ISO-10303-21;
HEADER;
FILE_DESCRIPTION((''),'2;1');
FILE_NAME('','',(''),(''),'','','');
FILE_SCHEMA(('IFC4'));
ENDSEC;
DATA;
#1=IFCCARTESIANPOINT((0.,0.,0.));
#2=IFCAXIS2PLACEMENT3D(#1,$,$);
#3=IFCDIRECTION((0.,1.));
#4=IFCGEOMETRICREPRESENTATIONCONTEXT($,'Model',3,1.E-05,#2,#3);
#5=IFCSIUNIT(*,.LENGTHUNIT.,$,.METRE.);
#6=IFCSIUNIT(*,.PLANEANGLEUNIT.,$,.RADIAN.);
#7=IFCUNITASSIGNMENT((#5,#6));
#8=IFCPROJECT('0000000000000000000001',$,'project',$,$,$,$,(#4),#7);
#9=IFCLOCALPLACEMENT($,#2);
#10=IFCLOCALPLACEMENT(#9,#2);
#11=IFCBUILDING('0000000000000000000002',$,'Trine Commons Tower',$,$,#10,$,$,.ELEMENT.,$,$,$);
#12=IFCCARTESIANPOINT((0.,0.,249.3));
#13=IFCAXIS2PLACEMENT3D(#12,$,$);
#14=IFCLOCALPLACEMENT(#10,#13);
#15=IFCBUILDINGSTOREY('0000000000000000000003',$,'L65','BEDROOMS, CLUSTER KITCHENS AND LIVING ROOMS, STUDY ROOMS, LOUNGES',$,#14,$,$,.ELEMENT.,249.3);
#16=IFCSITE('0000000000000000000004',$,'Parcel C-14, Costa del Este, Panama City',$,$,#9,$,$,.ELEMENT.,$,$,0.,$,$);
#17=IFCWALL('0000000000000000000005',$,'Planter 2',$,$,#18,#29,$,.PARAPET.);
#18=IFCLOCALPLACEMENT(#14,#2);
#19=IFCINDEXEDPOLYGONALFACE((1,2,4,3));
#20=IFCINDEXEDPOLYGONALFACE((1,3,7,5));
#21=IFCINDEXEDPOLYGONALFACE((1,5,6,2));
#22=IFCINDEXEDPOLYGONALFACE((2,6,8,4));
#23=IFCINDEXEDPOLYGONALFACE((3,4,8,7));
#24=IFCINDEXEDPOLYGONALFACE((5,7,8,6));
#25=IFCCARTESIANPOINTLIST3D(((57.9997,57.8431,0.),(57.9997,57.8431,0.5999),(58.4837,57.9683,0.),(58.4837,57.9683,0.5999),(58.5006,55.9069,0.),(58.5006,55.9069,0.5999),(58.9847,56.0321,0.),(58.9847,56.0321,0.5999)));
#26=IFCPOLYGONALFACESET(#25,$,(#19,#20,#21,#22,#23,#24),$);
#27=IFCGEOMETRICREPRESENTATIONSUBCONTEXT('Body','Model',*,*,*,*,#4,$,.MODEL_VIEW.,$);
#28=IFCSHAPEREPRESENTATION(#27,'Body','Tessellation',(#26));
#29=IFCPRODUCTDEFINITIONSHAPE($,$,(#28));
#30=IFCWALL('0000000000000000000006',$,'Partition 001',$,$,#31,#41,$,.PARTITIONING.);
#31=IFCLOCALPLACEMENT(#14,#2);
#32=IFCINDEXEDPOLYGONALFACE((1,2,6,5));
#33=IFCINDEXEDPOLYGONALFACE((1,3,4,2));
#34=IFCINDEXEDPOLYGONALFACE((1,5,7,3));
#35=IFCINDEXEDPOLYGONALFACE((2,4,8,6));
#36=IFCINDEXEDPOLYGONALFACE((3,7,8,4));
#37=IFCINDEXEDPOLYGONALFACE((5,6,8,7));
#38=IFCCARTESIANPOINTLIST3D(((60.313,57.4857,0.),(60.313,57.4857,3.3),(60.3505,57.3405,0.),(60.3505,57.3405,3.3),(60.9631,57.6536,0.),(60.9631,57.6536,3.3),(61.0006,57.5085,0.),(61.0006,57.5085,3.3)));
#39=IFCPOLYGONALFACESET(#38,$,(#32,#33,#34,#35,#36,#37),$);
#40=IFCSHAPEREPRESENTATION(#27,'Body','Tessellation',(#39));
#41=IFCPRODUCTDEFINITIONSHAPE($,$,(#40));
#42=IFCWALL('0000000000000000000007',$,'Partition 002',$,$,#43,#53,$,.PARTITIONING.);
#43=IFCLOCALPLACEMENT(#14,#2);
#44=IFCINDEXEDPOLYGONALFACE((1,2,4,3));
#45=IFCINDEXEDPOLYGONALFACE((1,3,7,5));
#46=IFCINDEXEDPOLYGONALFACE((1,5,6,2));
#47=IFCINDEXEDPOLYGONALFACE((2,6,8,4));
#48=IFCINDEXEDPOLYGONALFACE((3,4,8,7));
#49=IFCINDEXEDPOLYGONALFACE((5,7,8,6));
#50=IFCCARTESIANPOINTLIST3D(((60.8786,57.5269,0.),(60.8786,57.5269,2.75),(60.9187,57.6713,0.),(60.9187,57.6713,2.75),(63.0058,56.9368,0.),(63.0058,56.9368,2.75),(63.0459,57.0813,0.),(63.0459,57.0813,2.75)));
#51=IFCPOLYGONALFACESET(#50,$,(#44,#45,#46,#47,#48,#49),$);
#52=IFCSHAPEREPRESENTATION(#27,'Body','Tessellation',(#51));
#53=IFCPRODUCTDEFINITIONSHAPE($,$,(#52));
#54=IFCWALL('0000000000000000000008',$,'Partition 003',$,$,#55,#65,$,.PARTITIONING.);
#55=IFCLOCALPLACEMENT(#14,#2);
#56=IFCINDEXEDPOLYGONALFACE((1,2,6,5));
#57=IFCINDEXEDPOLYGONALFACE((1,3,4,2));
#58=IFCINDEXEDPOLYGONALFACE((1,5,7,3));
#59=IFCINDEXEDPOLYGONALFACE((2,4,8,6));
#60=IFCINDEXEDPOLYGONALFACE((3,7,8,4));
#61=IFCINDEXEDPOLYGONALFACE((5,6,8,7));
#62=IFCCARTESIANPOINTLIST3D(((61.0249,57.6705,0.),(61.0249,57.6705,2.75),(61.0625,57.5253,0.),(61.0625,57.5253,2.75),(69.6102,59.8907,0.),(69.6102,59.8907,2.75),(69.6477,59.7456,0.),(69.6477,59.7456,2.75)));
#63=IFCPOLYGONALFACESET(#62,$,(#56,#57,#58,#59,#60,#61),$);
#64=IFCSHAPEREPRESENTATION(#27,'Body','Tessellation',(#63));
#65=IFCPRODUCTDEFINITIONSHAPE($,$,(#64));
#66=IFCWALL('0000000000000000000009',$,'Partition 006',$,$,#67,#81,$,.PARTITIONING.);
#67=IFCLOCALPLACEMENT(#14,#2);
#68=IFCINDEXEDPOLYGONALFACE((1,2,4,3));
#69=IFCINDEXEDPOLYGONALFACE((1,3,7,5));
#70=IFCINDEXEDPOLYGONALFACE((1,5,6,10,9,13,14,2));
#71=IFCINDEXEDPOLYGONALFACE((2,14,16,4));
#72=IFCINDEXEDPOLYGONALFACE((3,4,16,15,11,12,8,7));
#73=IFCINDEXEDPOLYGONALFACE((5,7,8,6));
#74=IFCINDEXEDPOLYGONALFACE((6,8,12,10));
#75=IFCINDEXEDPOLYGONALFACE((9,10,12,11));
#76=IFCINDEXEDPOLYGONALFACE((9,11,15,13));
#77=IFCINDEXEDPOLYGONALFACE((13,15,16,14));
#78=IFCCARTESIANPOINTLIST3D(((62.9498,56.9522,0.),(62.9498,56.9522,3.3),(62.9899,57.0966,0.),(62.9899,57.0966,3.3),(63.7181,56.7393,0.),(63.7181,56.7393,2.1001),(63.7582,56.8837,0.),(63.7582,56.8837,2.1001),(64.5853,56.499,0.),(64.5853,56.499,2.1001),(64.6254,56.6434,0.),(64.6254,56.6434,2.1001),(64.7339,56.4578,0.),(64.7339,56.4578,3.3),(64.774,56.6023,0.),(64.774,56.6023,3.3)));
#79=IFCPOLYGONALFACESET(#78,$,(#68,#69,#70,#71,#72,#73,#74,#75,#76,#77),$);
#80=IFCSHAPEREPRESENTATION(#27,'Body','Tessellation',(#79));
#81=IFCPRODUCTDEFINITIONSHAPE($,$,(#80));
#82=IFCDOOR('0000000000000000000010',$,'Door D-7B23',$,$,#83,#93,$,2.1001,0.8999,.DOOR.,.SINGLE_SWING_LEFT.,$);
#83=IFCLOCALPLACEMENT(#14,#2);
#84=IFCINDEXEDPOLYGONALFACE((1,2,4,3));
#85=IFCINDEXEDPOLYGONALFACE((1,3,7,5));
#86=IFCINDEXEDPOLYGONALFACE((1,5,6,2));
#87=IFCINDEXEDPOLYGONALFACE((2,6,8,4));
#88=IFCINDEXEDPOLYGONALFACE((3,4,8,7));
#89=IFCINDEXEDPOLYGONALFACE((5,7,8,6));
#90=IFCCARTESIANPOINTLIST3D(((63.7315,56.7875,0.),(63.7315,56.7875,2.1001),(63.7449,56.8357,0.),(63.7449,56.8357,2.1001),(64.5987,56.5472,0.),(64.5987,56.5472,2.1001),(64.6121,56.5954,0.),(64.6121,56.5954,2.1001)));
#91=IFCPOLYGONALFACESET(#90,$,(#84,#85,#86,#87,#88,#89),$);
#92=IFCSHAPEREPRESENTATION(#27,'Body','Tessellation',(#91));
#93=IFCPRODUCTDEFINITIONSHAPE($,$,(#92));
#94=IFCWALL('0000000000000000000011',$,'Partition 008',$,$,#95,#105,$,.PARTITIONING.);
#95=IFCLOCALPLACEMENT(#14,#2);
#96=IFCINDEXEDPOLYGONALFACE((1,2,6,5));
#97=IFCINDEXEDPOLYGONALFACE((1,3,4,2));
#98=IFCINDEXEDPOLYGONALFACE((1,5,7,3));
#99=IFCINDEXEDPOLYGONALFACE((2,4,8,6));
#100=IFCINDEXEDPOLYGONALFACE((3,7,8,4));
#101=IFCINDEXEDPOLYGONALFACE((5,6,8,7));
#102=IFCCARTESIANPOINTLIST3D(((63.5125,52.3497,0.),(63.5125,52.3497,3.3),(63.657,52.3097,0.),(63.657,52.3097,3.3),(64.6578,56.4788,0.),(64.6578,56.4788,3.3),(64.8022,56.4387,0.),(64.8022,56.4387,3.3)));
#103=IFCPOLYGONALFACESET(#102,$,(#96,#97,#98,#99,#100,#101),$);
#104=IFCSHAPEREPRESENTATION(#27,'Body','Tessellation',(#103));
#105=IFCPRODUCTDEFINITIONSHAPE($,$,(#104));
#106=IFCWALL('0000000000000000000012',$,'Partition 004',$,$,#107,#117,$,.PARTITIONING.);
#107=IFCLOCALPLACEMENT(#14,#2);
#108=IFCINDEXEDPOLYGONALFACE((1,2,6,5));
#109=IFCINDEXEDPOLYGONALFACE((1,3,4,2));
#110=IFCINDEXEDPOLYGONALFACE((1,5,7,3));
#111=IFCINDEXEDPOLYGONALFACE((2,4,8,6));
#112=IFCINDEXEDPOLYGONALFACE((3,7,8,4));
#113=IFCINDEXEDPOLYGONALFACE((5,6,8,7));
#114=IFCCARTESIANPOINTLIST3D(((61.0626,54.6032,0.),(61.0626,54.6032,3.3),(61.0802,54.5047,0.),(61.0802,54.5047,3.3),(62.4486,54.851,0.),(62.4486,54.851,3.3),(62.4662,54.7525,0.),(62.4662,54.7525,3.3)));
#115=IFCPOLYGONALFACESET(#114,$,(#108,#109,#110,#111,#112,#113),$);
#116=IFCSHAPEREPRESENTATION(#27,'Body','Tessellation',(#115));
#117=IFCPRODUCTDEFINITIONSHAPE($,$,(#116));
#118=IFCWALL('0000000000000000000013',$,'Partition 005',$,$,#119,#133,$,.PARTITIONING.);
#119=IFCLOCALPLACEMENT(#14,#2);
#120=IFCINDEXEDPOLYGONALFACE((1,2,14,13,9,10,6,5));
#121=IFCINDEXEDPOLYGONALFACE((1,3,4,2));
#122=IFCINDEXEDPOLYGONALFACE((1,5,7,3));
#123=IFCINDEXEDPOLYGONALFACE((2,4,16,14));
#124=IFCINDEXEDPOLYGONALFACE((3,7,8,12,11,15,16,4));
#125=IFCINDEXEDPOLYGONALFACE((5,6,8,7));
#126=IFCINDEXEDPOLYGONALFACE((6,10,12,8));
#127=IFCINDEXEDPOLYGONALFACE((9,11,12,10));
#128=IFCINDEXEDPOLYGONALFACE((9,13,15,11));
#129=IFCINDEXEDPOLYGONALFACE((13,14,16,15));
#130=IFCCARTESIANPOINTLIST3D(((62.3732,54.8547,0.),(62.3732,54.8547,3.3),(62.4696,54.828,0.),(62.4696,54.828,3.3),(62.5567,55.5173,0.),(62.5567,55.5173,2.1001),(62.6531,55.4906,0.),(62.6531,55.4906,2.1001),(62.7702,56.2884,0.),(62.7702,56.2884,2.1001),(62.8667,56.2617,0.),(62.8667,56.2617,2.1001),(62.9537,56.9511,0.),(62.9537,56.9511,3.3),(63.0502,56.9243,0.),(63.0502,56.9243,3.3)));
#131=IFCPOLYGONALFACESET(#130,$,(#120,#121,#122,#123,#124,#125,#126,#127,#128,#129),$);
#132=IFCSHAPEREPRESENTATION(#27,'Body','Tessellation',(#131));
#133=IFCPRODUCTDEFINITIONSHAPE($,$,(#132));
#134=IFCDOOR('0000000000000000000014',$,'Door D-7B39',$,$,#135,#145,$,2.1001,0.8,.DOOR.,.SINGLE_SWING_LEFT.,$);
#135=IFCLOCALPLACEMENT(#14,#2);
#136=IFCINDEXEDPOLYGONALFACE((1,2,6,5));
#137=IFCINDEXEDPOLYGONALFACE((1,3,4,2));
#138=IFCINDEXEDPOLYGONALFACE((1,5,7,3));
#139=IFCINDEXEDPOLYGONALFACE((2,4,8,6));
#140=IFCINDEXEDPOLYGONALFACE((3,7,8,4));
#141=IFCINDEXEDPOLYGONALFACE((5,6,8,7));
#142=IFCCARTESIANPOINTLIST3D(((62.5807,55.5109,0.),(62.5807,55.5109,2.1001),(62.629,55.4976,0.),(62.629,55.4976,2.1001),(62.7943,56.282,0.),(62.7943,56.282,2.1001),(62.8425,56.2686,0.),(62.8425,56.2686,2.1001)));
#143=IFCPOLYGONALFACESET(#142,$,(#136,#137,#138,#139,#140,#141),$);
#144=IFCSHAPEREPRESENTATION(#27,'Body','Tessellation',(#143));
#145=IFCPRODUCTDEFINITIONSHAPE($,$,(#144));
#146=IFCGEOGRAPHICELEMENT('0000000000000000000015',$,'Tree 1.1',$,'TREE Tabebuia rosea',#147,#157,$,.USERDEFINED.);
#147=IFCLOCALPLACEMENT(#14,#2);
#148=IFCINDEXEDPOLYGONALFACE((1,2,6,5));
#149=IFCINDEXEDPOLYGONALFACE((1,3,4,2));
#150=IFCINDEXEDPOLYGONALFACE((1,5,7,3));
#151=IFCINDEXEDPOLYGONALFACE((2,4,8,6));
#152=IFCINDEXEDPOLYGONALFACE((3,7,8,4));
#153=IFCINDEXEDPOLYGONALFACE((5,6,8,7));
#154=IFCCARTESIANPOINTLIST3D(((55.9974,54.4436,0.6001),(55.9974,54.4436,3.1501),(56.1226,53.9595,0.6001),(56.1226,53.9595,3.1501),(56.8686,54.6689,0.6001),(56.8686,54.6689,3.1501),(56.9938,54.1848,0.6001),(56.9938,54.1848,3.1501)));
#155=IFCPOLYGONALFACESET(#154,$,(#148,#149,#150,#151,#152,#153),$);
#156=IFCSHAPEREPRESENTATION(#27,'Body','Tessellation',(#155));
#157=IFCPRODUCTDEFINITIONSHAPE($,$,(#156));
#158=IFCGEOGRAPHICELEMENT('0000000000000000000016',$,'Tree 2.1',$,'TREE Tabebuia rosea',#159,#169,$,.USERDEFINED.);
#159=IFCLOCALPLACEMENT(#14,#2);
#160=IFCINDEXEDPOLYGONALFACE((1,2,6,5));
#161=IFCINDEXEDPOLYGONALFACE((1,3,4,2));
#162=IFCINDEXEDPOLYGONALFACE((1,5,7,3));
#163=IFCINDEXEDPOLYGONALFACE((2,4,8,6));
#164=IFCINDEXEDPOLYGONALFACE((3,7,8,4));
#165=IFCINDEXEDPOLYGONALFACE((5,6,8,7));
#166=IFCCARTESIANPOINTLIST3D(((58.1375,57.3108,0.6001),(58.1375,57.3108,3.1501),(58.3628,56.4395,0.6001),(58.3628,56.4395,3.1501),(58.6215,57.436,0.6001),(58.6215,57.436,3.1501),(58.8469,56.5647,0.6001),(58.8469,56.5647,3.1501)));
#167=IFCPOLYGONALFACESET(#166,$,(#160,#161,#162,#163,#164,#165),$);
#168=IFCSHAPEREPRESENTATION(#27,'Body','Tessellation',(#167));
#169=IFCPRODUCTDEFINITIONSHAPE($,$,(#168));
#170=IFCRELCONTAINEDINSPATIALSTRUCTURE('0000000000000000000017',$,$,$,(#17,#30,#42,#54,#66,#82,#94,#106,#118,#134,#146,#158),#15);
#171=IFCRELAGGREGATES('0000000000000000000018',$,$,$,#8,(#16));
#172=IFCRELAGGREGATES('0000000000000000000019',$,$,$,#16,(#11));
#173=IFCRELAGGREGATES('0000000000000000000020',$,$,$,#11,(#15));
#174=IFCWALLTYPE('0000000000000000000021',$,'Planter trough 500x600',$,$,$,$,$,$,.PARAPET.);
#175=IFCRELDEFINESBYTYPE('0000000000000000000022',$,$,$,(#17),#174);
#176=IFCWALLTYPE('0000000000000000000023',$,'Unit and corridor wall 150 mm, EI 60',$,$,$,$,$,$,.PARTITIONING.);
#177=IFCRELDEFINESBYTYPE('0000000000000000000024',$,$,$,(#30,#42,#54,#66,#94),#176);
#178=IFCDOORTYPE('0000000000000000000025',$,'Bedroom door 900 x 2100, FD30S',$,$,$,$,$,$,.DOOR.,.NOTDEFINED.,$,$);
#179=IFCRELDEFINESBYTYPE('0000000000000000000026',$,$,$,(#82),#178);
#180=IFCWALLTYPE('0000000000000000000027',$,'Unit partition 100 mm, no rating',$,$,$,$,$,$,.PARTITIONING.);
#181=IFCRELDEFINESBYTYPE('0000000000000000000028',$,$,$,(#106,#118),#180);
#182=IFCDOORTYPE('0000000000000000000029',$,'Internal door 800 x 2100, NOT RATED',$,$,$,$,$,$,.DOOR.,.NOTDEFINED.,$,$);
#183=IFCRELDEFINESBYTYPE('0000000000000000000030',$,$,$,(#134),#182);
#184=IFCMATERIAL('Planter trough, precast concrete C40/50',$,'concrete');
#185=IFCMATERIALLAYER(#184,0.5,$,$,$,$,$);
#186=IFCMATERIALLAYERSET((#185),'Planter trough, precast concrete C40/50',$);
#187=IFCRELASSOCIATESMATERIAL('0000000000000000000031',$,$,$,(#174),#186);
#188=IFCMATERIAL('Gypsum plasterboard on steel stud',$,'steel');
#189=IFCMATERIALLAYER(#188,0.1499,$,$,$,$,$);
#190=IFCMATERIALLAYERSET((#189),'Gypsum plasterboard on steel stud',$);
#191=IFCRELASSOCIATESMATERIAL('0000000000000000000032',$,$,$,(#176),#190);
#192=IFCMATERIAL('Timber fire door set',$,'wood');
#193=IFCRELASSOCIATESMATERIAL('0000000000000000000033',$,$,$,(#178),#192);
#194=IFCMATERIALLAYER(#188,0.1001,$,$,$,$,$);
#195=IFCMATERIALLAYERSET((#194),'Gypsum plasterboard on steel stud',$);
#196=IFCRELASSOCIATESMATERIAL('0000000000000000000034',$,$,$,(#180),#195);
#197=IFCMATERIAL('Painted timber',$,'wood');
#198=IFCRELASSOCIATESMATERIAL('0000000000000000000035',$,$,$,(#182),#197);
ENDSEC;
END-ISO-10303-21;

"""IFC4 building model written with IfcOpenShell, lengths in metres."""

from ifc_helpers import new_model, si_unit, direction, frame, frame_2d, origin, origin_2d, place, context, subcontext, project, spatial, rectangle, extrude, material, layer, layer_set, type_object, element, fill, save


model = new_model("IFC4")

# Units and contexts
model_context = context("Model", 3, precision=1e-05, world=origin(), true_north=direction((0.0, 1.0)))
body_context = subcontext(model_context, "Body", "Model", "MODEL_VIEW")
ifc_project = project(units=[si_unit("LENGTHUNIT", "METRE"), si_unit("PLANEANGLEUNIT", "RADIAN")], contexts=[model_context])

# Site, building, storey
site_placement = place(None, origin())
site = spatial("IfcSite", under=ifc_project, at=site_placement, Name="Parcel C-14, Costa del Este, Panama City", CompositionType="ELEMENT", RefElevation=0.0)
building_placement = place(site_placement, origin())
building = spatial("IfcBuilding", under=site, at=building_placement, Name="Trine Commons Tower", CompositionType="ELEMENT")
storey_placement = place(building_placement, frame((0.0, 0.0, 249.3)))
storey = spatial("IfcBuildingStorey", under=building, at=storey_placement, Name="L65", Description="BEDROOMS, CLUSTER KITCHENS AND LIVING ROOMS, STUDY ROOMS, LOUNGES", CompositionType="ELEMENT", Elevation=249.3)

# Walls
ifc_material_1 = material(Name="Planter trough, precast concrete C40/50", Category="concrete")
ifc_layer_1 = layer(ifc_material_1, 0.5)
ifc_layer_set_1 = layer_set([ifc_layer_1], Name="Planter trough, precast concrete C40/50")
wall_type_1 = type_object("IfcWallType", Name="Planter trough 500x600", PredefinedType="PARAPET", material=ifc_layer_set_1)
wall_1_placement = place(storey_placement, frame((58.7427, 55.9695, 0.0), z_axis=(0.0, 0.0, 1.0), x_axis=(-0.250483, 0.968121, 0.0)))
element("IfcWall", 1, at=wall_1_placement, inside=storey, type_object=wall_type_1, Name="Planter 2", PredefinedType="PARAPET", context=body_context, shape_type="SweptSolid", body=[
    extrude(rectangle(XDim=2.0, YDim=0.5, at=frame_2d((1.0, 0.0))), origin(), (0.0, 0.0, 1.0), 0.5999),
])
ifc_material_2 = material(Name="Gypsum plasterboard on steel stud", Category="steel")
ifc_layer_2 = layer(ifc_material_2, 0.1499)
ifc_layer_set_2 = layer_set([ifc_layer_2], Name="Gypsum plasterboard on steel stud")
wall_type_2 = type_object("IfcWallType", Name="Unit and corridor wall 150 mm, EI 60", PredefinedType="PARTITIONING", material=ifc_layer_set_2)
wall_2_placement = place(storey_placement, frame((60.3318, 57.4131, 0.0), z_axis=(0.0, 0.0, 1.0), x_axis=(0.968209, 0.250142, 0.0)))
element("IfcWall", 2, at=wall_2_placement, inside=storey, type_object=wall_type_2, Name="Partition 001", PredefinedType="PARTITIONING", context=body_context, shape_type="SweptSolid", body=[
    extrude(rectangle(XDim=0.6714, YDim=0.1499, at=frame_2d((0.3357, 0.0))), origin(), (0.0, 0.0, 1.0), 3.3),
])
wall_3_placement = place(storey_placement, frame((60.8987, 57.5991, 0.0), z_axis=(0.0, 0.0, 1.0), x_axis=(0.963611, -0.267307, 0.0)))
element("IfcWall", 3, at=wall_3_placement, inside=storey, type_object=wall_type_2, Name="Partition 002", PredefinedType="PARTITIONING", context=body_context, shape_type="SweptSolid", body=[
    extrude(rectangle(XDim=2.2075, YDim=0.1499, at=frame_2d((1.1038, 0.0))), origin(), (0.0, 0.0, 1.0), 2.75),
])
wall_4_placement = place(storey_placement, frame((61.0437, 57.5979, 0.0), z_axis=(0.0, 0.0, 1.0), x_axis=(0.96815, 0.250373, 0.0)))
element("IfcWall", 4, at=wall_4_placement, inside=storey, type_object=wall_type_2, Name="Partition 003", PredefinedType="PARTITIONING", context=body_context, shape_type="SweptSolid", body=[
    extrude(rectangle(XDim=8.8677, YDim=0.1499, at=frame_2d((4.4338, 0.0))), origin(), (0.0, 0.0, 1.0), 2.75),
])

# Wall, opening, door
wall_5_placement = place(storey_placement, frame((62.9697, 57.0244, 0.0), z_axis=(0.0, 0.0, 1.0), x_axis=(0.963688, -0.267032, 0.0)))
wall_5 = element("IfcWall", 5, at=wall_5_placement, inside=storey, type_object=wall_type_2, Name="Partition 006", PredefinedType="PARTITIONING", context=body_context, shape_type="SweptSolid", body=[
    extrude(rectangle(XDim=1.8513, YDim=0.1499, at=frame_2d((0.9258, 0.0))), origin(), (0.0, 0.0, 1.0), 3.3),
])
opening_1_placement = place(wall_5_placement, frame((0.7974, 0.0, 0.0)))
opening_1 = element("IfcOpeningElement", 6, at=opening_1_placement, cuts=wall_5, PredefinedType="OPENING", context=body_context, shape_type="SweptSolid", body=[
    extrude(rectangle(XDim=0.8999, YDim=2.1001, at=frame_2d((0.45, 1.05))), frame((0.0, 0.085, 0.0), z_axis=(0.0, -1.0, 0.0), x_axis=(1.0, 0.0, 0.0)), (0.0, 0.0, 1.0), 0.1699),
])
ifc_material_3 = material(Name="Timber fire door set", Category="wood")
door_type_1 = type_object("IfcDoorType", Name="Bedroom door 900 x 2100, FD30S", OperationType="NOTDEFINED", PredefinedType="DOOR", material=ifc_material_3)
door_1_placement = place(opening_1_placement, frame((0.8999, 0.0, 0.0), z_axis=(0.0, 0.0, 1.0), x_axis=(-1.0, 0.0, 0.0)))
door_1 = element("IfcDoor", 7, at=door_1_placement, inside=storey, type_object=door_type_1, Name="Door D-7B23", OperationType="SINGLE_SWING_LEFT", OverallHeight=2.1001, OverallWidth=0.8999, PredefinedType="DOOR", context=body_context, shape_type="SweptSolid", body=[
    extrude(rectangle(XDim=0.8999, YDim=2.1001, at=frame_2d((0.45, 1.05))), frame((0.0, 0.0249, 0.0), z_axis=(0.0, -1.0, 0.0), x_axis=(1.0, 0.0, 0.0)), (0.0, 0.0, 1.0), 0.05),
])
fill(opening_1, door_1)

# Walls
wall_6_placement = place(storey_placement, frame((63.5847, 52.3296, 0.0), z_axis=(0.0, 0.0, 1.0), x_axis=(0.267271, 0.963622, 0.0)))
element("IfcWall", 8, at=wall_6_placement, inside=storey, type_object=wall_type_2, Name="Partition 008", PredefinedType="PARTITIONING", context=body_context, shape_type="SweptSolid", body=[
    extrude(rectangle(XDim=4.2849, YDim=0.1499, at=frame_2d((2.1426, 0.0))), origin(), (0.0, 0.0, 1.0), 3.3),
])
ifc_layer_3 = layer(ifc_material_2, 0.1001)
ifc_layer_set_3 = layer_set([ifc_layer_3], Name="Gypsum plasterboard on steel stud")
wall_type_3 = type_object("IfcWallType", Name="Unit partition 100 mm, no rating", PredefinedType="PARTITIONING", material=ifc_layer_set_3)
wall_7_placement = place(storey_placement, frame((61.0713, 54.554, 0.0), z_axis=(0.0, 0.0, 1.0), x_axis=(0.98439, 0.176001, 0.0)))
element("IfcWall", 9, at=wall_7_placement, inside=storey, type_object=wall_type_3, Name="Partition 004", PredefinedType="PARTITIONING", context=body_context, shape_type="SweptSolid", body=[
    extrude(rectangle(XDim=1.408, YDim=0.1001, at=frame_2d((0.7041, 0.0))), origin(), (0.0, 0.0, 1.0), 3.3),
])

# Wall, opening, door
wall_8_placement = place(storey_placement, frame((62.4214, 54.8413, 0.0), z_axis=(0.0, 0.0, 1.0), x_axis=(0.266885, 0.963728, 0.0)))
wall_8 = element("IfcWall", 10, at=wall_8_placement, inside=storey, type_object=wall_type_3, Name="Partition 005", PredefinedType="PARTITIONING", context=body_context, shape_type="SweptSolid", body=[
    extrude(rectangle(XDim=2.1753, YDim=0.1001, at=frame_2d((1.0876, 0.0))), origin(), (0.0, 0.0, 1.0), 3.3),
])
opening_2_placement = place(wall_8_placement, frame((0.6877, 0.0, 0.0)))
opening_2 = element("IfcOpeningElement", 11, at=opening_2_placement, cuts=wall_8, PredefinedType="OPENING", context=body_context, shape_type="SweptSolid", body=[
    extrude(rectangle(XDim=0.8, YDim=2.1001, at=frame_2d((0.3999, 1.05))), frame((0.0, 0.0601, 0.0), z_axis=(0.0, -1.0, 0.0), x_axis=(1.0, 0.0, 0.0)), (0.0, 0.0, 1.0), 0.1201),
])
ifc_material_4 = material(Name="Painted timber", Category="wood")
door_type_2 = type_object("IfcDoorType", Name="Internal door 800 x 2100, NOT RATED", OperationType="NOTDEFINED", PredefinedType="DOOR", material=ifc_material_4)
door_2_placement = place(opening_2_placement, frame((0.8, 0.0, 0.0), z_axis=(0.0, 0.0, 1.0), x_axis=(-1.0, 0.0, 0.0)))
door_2 = element("IfcDoor", 12, at=door_2_placement, inside=storey, type_object=door_type_2, Name="Door D-7B39", OperationType="SINGLE_SWING_LEFT", OverallHeight=2.1001, OverallWidth=0.8, PredefinedType="DOOR", context=body_context, shape_type="SweptSolid", body=[
    extrude(rectangle(XDim=0.8, YDim=2.1001, at=frame_2d((0.3999, 1.05))), frame((0.0, 0.0249, 0.0), z_axis=(0.0, -1.0, 0.0), x_axis=(1.0, 0.0, 0.0)), (0.0, 0.0, 1.0), 0.05),
])
fill(opening_2, door_2)

# Geographic elements
for number, where, z_axis, x_axis, name in (
    (13, (56.4956, 54.3142, 0.6001), (0.0, 0.0, 1.0), (0.968152, 0.250363, 0.0), "Tree 1.1"),
    (14, (58.4922, 56.9377, 0.6001), (0.0, 0.0, 1.0), (-0.25041, 0.96814, 0.0), "Tree 2.1"),
):
    element("IfcGeographicElement", number, at=place(storey_placement, frame(where, z_axis=z_axis, x_axis=x_axis)), inside=storey, Name=name, ObjectType="TREE Tabebuia rosea", PredefinedType="USERDEFINED", context=body_context, shape_type="SweptSolid", body=[
        extrude(rectangle(XDim=0.8999, YDim=0.5, at=origin_2d()), origin(), (0.0, 0.0, 1.0), 2.55),
    ])

save(model, "model.ifc")
